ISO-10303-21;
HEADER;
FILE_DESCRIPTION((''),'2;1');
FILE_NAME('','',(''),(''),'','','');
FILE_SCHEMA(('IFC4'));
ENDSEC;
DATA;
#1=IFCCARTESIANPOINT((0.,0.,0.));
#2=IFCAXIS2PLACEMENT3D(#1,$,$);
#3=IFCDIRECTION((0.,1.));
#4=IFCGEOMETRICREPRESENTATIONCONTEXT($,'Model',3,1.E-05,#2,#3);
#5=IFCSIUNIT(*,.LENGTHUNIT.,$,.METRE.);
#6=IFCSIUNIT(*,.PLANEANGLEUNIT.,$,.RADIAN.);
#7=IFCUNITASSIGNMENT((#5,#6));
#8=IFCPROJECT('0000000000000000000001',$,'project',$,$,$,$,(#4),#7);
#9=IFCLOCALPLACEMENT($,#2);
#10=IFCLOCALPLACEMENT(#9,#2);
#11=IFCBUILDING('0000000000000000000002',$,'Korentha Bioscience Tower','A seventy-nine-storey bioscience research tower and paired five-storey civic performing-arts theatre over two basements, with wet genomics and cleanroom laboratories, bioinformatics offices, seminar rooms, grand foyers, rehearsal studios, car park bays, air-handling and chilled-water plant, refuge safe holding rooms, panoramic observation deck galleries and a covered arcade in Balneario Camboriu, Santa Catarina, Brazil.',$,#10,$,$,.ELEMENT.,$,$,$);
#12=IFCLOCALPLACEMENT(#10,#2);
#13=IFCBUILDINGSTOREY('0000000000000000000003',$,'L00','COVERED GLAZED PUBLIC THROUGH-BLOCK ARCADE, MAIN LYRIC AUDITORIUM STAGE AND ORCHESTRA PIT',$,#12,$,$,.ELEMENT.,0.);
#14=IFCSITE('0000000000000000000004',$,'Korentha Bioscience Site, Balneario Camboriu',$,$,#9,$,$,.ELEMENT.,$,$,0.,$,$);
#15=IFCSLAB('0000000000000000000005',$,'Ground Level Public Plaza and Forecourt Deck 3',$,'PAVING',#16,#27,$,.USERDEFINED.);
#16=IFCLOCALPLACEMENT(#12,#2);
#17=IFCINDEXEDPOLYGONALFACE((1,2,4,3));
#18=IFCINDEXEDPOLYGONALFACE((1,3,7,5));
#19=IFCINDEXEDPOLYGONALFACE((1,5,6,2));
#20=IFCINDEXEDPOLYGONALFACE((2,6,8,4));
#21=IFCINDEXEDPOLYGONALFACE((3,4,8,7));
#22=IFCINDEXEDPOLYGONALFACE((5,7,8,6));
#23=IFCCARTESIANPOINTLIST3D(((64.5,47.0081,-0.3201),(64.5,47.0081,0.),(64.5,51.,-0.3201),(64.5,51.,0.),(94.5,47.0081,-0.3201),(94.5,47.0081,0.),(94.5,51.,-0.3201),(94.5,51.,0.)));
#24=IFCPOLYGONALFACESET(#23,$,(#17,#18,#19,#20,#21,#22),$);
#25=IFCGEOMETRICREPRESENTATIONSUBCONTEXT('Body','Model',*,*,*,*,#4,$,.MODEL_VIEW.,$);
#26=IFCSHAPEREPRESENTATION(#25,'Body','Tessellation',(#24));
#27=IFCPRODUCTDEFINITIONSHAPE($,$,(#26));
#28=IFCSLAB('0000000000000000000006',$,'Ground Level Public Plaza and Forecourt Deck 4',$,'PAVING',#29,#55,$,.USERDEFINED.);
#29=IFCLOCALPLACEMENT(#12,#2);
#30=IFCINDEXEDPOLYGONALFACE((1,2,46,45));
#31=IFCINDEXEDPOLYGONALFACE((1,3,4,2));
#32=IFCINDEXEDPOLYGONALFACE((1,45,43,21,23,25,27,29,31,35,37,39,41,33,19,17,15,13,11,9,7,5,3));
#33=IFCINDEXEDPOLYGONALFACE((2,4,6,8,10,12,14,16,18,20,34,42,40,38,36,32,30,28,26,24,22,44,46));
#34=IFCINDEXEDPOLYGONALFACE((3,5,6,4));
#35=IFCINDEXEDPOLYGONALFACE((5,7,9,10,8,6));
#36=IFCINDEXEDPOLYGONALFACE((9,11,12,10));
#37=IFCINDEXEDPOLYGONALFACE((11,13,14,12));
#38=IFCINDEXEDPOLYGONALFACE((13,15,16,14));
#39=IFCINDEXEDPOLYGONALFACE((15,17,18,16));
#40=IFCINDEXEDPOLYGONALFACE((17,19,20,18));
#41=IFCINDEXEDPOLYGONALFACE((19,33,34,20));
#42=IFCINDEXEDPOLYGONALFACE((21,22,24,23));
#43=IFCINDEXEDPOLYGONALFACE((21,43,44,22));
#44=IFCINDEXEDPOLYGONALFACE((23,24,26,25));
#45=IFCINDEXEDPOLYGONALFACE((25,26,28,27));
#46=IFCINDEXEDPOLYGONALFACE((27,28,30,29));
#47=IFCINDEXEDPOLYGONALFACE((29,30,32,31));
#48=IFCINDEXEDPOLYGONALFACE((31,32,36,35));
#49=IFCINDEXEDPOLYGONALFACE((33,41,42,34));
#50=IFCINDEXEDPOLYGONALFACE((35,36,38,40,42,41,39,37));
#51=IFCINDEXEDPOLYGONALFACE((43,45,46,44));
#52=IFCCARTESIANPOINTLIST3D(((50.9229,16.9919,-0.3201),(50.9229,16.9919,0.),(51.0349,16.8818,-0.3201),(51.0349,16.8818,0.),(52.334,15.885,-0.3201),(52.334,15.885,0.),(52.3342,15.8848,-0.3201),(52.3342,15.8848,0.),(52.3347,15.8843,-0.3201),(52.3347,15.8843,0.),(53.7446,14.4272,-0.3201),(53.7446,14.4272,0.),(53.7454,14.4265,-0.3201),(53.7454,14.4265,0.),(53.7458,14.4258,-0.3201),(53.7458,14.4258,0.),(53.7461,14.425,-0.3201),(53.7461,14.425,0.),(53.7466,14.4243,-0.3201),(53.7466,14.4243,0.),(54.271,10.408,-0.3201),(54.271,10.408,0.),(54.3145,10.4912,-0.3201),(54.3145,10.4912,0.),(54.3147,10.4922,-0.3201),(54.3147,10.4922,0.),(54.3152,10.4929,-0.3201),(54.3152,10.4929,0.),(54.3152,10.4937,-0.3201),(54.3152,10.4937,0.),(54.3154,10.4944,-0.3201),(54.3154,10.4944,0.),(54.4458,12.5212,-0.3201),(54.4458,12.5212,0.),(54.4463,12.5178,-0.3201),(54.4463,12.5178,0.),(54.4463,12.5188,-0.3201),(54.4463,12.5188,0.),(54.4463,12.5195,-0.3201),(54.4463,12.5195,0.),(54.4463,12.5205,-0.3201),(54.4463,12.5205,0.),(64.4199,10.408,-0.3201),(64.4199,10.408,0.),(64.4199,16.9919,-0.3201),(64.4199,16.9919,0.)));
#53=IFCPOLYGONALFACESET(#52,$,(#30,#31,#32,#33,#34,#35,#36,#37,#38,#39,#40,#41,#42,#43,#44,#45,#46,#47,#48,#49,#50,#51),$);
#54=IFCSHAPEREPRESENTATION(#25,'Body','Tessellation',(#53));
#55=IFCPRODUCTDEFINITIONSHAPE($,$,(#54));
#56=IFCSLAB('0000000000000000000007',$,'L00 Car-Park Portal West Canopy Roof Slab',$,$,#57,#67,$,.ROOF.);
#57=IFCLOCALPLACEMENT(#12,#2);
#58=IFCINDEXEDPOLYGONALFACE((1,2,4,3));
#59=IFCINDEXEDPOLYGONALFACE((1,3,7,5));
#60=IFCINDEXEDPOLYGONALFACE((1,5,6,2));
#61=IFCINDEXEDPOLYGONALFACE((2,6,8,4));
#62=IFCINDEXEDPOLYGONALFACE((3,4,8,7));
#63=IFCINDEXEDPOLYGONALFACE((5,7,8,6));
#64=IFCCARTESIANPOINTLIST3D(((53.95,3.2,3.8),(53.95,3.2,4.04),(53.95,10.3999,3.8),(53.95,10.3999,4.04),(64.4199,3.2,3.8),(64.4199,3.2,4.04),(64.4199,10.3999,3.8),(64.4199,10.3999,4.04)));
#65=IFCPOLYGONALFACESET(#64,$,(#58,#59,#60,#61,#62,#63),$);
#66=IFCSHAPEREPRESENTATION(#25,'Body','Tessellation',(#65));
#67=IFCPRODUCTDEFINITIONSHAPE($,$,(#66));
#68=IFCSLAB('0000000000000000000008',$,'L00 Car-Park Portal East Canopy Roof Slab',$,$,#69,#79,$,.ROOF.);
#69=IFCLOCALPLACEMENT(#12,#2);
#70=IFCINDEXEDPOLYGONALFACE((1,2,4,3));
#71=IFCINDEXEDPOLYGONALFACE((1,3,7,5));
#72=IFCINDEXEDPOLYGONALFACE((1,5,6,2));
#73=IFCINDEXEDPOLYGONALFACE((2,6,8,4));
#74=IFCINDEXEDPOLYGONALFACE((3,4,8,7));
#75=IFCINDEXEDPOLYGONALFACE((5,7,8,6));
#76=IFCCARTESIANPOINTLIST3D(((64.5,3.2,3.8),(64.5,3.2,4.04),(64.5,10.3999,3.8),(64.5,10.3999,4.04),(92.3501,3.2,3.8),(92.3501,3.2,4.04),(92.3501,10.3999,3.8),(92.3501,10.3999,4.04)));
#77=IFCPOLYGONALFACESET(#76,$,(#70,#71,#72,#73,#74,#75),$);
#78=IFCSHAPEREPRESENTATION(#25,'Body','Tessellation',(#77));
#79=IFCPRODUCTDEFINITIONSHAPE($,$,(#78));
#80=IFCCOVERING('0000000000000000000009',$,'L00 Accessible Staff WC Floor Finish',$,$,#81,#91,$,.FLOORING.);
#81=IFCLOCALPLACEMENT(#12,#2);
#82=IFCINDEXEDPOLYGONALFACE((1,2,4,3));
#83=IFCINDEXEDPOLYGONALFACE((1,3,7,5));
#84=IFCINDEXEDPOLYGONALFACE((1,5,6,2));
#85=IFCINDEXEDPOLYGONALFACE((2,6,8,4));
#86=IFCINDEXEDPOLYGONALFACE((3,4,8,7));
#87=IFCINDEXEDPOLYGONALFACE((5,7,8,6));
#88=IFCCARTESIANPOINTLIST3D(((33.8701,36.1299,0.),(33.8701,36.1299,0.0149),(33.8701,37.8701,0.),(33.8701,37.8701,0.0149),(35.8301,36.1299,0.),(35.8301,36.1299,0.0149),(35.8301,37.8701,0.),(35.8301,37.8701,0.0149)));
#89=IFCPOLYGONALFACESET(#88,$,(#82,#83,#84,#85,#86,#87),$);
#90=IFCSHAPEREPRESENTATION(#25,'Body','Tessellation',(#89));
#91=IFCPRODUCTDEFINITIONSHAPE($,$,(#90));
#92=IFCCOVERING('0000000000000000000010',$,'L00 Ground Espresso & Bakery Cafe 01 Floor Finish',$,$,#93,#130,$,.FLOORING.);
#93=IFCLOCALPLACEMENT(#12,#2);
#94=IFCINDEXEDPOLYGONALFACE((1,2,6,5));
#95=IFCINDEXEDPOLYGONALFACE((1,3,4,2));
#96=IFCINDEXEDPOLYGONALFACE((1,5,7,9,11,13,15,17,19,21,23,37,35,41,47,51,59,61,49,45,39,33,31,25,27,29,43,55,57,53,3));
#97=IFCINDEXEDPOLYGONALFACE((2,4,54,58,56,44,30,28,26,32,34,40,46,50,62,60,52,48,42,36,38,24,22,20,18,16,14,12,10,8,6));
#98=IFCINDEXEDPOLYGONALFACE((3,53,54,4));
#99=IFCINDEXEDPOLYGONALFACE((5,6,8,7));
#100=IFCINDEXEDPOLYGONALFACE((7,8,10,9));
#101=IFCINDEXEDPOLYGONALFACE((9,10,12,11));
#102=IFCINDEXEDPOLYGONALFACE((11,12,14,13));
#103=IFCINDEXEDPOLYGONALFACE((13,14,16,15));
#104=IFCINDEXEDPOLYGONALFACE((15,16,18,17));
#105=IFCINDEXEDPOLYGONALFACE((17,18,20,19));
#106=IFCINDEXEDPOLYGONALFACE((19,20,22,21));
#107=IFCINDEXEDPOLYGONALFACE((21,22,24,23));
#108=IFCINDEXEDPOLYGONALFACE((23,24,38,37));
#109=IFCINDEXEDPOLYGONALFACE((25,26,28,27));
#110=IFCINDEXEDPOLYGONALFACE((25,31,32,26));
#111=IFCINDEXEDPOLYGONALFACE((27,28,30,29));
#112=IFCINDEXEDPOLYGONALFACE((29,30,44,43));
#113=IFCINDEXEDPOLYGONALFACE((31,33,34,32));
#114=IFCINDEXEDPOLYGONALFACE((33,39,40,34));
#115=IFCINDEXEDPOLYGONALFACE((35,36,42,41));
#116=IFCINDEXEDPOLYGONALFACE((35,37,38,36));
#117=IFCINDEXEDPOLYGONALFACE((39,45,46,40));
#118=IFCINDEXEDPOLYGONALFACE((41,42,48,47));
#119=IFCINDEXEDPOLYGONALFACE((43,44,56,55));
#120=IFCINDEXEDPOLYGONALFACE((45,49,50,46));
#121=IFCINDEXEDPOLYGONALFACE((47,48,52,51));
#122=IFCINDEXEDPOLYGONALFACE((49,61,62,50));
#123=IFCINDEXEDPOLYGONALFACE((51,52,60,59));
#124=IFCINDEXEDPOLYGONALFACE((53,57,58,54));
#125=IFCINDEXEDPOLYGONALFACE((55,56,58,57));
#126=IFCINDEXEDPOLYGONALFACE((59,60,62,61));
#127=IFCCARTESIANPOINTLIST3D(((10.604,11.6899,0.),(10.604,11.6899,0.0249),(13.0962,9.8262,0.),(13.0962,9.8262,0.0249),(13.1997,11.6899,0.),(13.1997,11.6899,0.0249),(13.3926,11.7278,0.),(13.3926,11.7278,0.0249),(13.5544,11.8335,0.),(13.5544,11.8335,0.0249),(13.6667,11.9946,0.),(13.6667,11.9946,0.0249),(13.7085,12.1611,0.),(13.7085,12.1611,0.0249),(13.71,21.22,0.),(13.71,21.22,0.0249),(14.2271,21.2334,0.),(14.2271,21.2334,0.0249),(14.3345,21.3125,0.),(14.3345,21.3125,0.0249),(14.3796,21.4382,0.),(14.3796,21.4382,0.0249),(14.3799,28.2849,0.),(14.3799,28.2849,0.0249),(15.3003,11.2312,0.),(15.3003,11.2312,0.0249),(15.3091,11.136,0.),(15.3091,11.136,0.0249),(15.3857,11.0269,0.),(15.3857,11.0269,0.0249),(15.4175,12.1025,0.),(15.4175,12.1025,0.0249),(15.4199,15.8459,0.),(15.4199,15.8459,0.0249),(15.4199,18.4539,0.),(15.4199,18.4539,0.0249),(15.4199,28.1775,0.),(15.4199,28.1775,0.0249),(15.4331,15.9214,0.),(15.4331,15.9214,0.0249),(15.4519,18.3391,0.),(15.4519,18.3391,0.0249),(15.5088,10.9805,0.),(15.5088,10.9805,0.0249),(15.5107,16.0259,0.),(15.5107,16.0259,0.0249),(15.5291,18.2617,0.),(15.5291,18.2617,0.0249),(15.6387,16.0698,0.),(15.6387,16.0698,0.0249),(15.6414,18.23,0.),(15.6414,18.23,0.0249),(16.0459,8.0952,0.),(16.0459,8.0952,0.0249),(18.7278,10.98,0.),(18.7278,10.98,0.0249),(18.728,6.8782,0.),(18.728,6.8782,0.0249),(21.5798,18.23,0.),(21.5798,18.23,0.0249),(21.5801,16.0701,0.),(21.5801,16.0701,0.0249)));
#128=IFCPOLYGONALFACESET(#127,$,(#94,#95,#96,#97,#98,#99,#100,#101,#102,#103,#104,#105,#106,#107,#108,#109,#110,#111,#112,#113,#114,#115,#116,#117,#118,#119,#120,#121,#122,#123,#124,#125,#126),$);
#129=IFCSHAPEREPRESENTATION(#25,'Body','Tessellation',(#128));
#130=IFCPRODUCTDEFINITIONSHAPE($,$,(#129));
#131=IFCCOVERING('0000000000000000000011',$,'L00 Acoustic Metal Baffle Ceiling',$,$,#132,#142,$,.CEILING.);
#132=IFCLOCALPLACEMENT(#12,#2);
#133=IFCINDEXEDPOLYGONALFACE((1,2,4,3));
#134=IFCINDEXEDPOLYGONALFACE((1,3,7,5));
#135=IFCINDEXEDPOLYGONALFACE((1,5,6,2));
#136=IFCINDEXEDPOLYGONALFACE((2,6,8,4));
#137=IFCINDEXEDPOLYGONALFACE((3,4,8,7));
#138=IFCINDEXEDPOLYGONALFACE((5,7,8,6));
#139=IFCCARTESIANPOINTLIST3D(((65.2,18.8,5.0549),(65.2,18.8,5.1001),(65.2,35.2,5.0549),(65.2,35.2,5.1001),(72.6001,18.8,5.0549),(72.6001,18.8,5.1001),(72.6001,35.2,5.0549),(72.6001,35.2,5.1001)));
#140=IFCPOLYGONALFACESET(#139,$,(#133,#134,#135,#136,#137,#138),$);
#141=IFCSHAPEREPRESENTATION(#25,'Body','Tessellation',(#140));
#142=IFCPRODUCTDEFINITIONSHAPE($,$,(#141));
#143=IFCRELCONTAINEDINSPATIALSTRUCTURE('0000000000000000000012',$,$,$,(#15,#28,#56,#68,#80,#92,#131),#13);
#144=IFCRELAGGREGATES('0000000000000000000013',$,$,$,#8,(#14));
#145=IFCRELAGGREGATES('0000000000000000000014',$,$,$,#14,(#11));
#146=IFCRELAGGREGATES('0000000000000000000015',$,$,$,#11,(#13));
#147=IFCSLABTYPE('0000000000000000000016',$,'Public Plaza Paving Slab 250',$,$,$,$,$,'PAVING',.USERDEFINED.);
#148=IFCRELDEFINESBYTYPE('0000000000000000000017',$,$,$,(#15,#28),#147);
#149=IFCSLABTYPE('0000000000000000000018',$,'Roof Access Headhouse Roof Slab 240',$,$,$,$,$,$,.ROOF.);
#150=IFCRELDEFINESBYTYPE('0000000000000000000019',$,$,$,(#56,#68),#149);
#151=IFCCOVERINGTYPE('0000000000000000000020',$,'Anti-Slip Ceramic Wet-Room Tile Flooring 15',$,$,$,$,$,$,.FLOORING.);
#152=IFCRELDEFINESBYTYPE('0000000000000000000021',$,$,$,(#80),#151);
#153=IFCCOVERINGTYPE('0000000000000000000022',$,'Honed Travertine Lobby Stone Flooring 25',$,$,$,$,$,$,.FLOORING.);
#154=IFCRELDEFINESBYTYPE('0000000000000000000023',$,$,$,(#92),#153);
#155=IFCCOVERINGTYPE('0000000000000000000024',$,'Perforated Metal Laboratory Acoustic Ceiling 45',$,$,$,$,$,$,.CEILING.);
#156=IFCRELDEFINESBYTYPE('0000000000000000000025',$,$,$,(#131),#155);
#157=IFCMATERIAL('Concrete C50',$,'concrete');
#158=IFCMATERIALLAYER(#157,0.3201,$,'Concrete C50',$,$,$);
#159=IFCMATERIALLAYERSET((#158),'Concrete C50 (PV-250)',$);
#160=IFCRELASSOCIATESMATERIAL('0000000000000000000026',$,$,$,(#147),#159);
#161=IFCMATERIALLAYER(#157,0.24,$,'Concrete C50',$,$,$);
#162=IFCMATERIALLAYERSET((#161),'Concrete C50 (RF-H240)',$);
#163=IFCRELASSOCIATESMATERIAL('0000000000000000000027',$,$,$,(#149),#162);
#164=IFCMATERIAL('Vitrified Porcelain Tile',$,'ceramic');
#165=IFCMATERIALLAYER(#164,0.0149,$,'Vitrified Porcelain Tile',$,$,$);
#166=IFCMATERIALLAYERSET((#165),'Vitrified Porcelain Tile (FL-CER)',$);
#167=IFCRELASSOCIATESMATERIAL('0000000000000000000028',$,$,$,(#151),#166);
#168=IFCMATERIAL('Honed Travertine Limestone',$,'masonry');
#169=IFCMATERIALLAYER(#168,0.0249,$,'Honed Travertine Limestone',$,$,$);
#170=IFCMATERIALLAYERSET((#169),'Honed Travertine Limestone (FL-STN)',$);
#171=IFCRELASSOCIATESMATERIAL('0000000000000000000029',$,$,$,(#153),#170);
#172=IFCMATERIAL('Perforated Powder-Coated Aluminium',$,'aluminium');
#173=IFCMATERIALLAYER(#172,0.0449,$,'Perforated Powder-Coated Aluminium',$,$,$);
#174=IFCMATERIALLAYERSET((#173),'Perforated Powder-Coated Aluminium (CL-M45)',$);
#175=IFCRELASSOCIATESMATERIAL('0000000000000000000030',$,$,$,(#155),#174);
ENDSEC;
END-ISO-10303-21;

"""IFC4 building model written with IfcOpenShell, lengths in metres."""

from ifc_helpers import new_model, si_unit, direction, frame, origin, place, context, subcontext, project, spatial, polyline, outline, extrude, material, layer, layer_set, type_object, element, save


model = new_model("IFC4")

# Units and contexts
model_context = context("Model", 3, precision=1e-05, world=origin(), true_north=direction((0.0, 1.0)))
body_context = subcontext(model_context, "Body", "Model", "MODEL_VIEW")
ifc_project = project(units=[si_unit("LENGTHUNIT", "METRE"), si_unit("PLANEANGLEUNIT", "RADIAN")], contexts=[model_context])

# Site, building, storey
site_placement = place(None, origin())
site = spatial("IfcSite", under=ifc_project, at=site_placement, Name="Korentha Bioscience Site, Balneario Camboriu", CompositionType="ELEMENT", RefElevation=0.0)
building_placement = place(site_placement, origin())
building = spatial("IfcBuilding", under=site, at=building_placement, Name="Korentha Bioscience Tower", Description="A seventy-nine-storey bioscience research tower and paired five-storey civic performing-arts theatre over two basements, with wet genomics and cleanroom laboratories, bioinformatics offices, seminar rooms, grand foyers, rehearsal studios, car park bays, air-handling and chilled-water plant, refuge safe holding rooms, panoramic observation deck galleries and a covered arcade in Balneario Camboriu, Santa Catarina, Brazil.", CompositionType="ELEMENT")
storey_placement = place(building_placement, origin())
storey = spatial("IfcBuildingStorey", under=building, at=storey_placement, Name="L00", Description="COVERED GLAZED PUBLIC THROUGH-BLOCK ARCADE, MAIN LYRIC AUDITORIUM STAGE AND ORCHESTRA PIT", CompositionType="ELEMENT", Elevation=0.0)

# Shared definitions
ifc_material_1 = material(Name="Concrete C50", Category="concrete")

# Slabs
ifc_layer_1 = layer(ifc_material_1, 0.3201, Name="Concrete C50")
ifc_layer_set_1 = layer_set([ifc_layer_1], Name="Concrete C50 (PV-250)")
slab_type_1 = type_object("IfcSlabType", Name="Public Plaza Paving Slab 250", ElementType="PAVING", PredefinedType="USERDEFINED", material=ifc_layer_set_1)
slab_1_placement = place(storey_placement, frame((0.0, 0.0, -0.3201)))
element("IfcSlab", 1, at=slab_1_placement, inside=storey, type_object=slab_type_1, Name="Ground Level Public Plaza and Forecourt Deck 3", ObjectType="PAVING", PredefinedType="USERDEFINED", context=body_context, shape_type="SweptSolid", body=[
    extrude(outline(polyline([(64.5, 51.0), (64.5, 47.0081), (94.5, 47.0081), (94.5, 51.0), (64.5, 51.0)])), origin(), (0.0, 0.0, 1.0), 0.3201),
])
slab_2_placement = place(storey_placement, frame((0.0, 0.0, -0.3201)))
element("IfcSlab", 2, at=slab_2_placement, inside=storey, type_object=slab_type_1, Name="Ground Level Public Plaza and Forecourt Deck 4", ObjectType="PAVING", PredefinedType="USERDEFINED", context=body_context, shape_type="SweptSolid", body=[
    extrude(outline(polyline([(64.4199, 10.408), (64.4199, 16.9919), (50.9229, 16.9919), (51.0349, 16.8818), (52.334, 15.885), (52.3342, 15.8848), (52.3347, 15.8843), (53.7446, 14.4272), (53.7454, 14.4265), (53.7458, 14.4258), (53.7461, 14.425), (53.7466, 14.4243), (54.4458, 12.5212), (54.4463, 12.5205), (54.4463, 12.5195), (54.4463, 12.5188), (54.4463, 12.5178), (54.3154, 10.4944), (54.3152, 10.4937), (54.3152, 10.4929), (54.3147, 10.4922), (54.3145, 10.4912), (54.271, 10.408), (64.4199, 10.408)])), origin(), (0.0, 0.0, 1.0), 0.3201),
])
ifc_layer_2 = layer(ifc_material_1, 0.24, Name="Concrete C50")
ifc_layer_set_2 = layer_set([ifc_layer_2], Name="Concrete C50 (RF-H240)")
slab_type_2 = type_object("IfcSlabType", Name="Roof Access Headhouse Roof Slab 240", PredefinedType="ROOF", material=ifc_layer_set_2)
slab_3_placement = place(storey_placement, frame((0.0, 0.0, 3.8)))
element("IfcSlab", 3, at=slab_3_placement, inside=storey, type_object=slab_type_2, Name="L00 Car-Park Portal West Canopy Roof Slab", PredefinedType="ROOF", context=body_context, shape_type="SweptSolid", body=[
    extrude(outline(polyline([(53.95, 3.2), (64.4199, 3.2), (64.4199, 10.3999), (53.95, 10.3999), (53.95, 3.2)])), origin(), (0.0, 0.0, 1.0), 0.24),
])
slab_4_placement = place(storey_placement, frame((0.0, 0.0, 3.8)))
element("IfcSlab", 4, at=slab_4_placement, inside=storey, type_object=slab_type_2, Name="L00 Car-Park Portal East Canopy Roof Slab", PredefinedType="ROOF", context=body_context, shape_type="SweptSolid", body=[
    extrude(outline(polyline([(64.5, 3.2), (92.3501, 3.2), (92.3501, 10.3999), (64.5, 10.3999), (64.5, 3.2)])), origin(), (0.0, 0.0, 1.0), 0.24),
])

# Coverings
ifc_material_2 = material(Name="Vitrified Porcelain Tile", Category="ceramic")
ifc_layer_3 = layer(ifc_material_2, 0.0149, Name="Vitrified Porcelain Tile")
ifc_layer_set_3 = layer_set([ifc_layer_3], Name="Vitrified Porcelain Tile (FL-CER)")
covering_type_1 = type_object("IfcCoveringType", Name="Anti-Slip Ceramic Wet-Room Tile Flooring 15", PredefinedType="FLOORING", material=ifc_layer_set_3)
covering_1_placement = place(storey_placement, origin())
element("IfcCovering", 5, at=covering_1_placement, inside=storey, type_object=covering_type_1, Name="L00 Accessible Staff WC Floor Finish", PredefinedType="FLOORING", context=body_context, shape_type="SweptSolid", body=[
    extrude(outline(polyline([(33.8701, 36.1299), (33.8701, 37.8701), (35.8301, 37.8701), (35.8301, 36.1299), (33.8701, 36.1299)])), origin(), (0.0, 0.0, 1.0), 0.0149),
])
ifc_material_3 = material(Name="Honed Travertine Limestone", Category="masonry")
ifc_layer_4 = layer(ifc_material_3, 0.0249, Name="Honed Travertine Limestone")
ifc_layer_set_4 = layer_set([ifc_layer_4], Name="Honed Travertine Limestone (FL-STN)")
covering_type_2 = type_object("IfcCoveringType", Name="Honed Travertine Lobby Stone Flooring 25", PredefinedType="FLOORING", material=ifc_layer_set_4)
covering_2_placement = place(storey_placement, origin())
element("IfcCovering", 6, at=covering_2_placement, inside=storey, type_object=covering_type_2, Name="L00 Ground Espresso & Bakery Cafe 01 Floor Finish", PredefinedType="FLOORING", context=body_context, shape_type="SweptSolid", body=[
    extrude(outline(polyline([(13.1997, 11.6899), (13.3926, 11.7278), (13.5544, 11.8335), (13.6667, 11.9946), (13.7085, 12.1611), (13.71, 21.22), (14.2271, 21.2334), (14.3345, 21.3125), (14.3796, 21.4382), (14.3799, 28.2849), (15.4199, 28.1775), (15.4199, 18.4539), (15.4519, 18.3391), (15.5291, 18.2617), (15.6414, 18.23), (21.5798, 18.23), (21.5801, 16.0701), (15.6387, 16.0698), (15.5107, 16.0259), (15.4331, 15.9214), (15.4199, 15.8459), (15.4175, 12.1025), (15.3003, 11.2312), (15.3091, 11.136), (15.3857, 11.0269), (15.5088, 10.9805), (18.7278, 10.98), (18.728, 6.8782), (16.0459, 8.0952), (13.0962, 9.8262), (10.604, 11.6899), (13.1997, 11.6899)])), origin(), (0.0, 0.0, 1.0), 0.0249),
])
ifc_material_4 = material(Name="Perforated Powder-Coated Aluminium", Category="aluminium")
ifc_layer_5 = layer(ifc_material_4, 0.0449, Name="Perforated Powder-Coated Aluminium")
ifc_layer_set_5 = layer_set([ifc_layer_5], Name="Perforated Powder-Coated Aluminium (CL-M45)")
covering_type_3 = type_object("IfcCoveringType", Name="Perforated Metal Laboratory Acoustic Ceiling 45", PredefinedType="CEILING", material=ifc_layer_set_5)
covering_3_placement = place(storey_placement, frame((0.0, 0.0, 5.0549)))
element("IfcCovering", 7, at=covering_3_placement, inside=storey, type_object=covering_type_3, Name="L00 Acoustic Metal Baffle Ceiling", PredefinedType="CEILING", context=body_context, shape_type="SweptSolid", body=[
    extrude(outline(polyline([(65.2, 18.8), (72.6001, 18.8), (72.6001, 35.2), (65.2, 35.2), (65.2, 18.8)])), origin(), (0.0, 0.0, 1.0), 0.0452),
])

save(model, "model.ifc")
